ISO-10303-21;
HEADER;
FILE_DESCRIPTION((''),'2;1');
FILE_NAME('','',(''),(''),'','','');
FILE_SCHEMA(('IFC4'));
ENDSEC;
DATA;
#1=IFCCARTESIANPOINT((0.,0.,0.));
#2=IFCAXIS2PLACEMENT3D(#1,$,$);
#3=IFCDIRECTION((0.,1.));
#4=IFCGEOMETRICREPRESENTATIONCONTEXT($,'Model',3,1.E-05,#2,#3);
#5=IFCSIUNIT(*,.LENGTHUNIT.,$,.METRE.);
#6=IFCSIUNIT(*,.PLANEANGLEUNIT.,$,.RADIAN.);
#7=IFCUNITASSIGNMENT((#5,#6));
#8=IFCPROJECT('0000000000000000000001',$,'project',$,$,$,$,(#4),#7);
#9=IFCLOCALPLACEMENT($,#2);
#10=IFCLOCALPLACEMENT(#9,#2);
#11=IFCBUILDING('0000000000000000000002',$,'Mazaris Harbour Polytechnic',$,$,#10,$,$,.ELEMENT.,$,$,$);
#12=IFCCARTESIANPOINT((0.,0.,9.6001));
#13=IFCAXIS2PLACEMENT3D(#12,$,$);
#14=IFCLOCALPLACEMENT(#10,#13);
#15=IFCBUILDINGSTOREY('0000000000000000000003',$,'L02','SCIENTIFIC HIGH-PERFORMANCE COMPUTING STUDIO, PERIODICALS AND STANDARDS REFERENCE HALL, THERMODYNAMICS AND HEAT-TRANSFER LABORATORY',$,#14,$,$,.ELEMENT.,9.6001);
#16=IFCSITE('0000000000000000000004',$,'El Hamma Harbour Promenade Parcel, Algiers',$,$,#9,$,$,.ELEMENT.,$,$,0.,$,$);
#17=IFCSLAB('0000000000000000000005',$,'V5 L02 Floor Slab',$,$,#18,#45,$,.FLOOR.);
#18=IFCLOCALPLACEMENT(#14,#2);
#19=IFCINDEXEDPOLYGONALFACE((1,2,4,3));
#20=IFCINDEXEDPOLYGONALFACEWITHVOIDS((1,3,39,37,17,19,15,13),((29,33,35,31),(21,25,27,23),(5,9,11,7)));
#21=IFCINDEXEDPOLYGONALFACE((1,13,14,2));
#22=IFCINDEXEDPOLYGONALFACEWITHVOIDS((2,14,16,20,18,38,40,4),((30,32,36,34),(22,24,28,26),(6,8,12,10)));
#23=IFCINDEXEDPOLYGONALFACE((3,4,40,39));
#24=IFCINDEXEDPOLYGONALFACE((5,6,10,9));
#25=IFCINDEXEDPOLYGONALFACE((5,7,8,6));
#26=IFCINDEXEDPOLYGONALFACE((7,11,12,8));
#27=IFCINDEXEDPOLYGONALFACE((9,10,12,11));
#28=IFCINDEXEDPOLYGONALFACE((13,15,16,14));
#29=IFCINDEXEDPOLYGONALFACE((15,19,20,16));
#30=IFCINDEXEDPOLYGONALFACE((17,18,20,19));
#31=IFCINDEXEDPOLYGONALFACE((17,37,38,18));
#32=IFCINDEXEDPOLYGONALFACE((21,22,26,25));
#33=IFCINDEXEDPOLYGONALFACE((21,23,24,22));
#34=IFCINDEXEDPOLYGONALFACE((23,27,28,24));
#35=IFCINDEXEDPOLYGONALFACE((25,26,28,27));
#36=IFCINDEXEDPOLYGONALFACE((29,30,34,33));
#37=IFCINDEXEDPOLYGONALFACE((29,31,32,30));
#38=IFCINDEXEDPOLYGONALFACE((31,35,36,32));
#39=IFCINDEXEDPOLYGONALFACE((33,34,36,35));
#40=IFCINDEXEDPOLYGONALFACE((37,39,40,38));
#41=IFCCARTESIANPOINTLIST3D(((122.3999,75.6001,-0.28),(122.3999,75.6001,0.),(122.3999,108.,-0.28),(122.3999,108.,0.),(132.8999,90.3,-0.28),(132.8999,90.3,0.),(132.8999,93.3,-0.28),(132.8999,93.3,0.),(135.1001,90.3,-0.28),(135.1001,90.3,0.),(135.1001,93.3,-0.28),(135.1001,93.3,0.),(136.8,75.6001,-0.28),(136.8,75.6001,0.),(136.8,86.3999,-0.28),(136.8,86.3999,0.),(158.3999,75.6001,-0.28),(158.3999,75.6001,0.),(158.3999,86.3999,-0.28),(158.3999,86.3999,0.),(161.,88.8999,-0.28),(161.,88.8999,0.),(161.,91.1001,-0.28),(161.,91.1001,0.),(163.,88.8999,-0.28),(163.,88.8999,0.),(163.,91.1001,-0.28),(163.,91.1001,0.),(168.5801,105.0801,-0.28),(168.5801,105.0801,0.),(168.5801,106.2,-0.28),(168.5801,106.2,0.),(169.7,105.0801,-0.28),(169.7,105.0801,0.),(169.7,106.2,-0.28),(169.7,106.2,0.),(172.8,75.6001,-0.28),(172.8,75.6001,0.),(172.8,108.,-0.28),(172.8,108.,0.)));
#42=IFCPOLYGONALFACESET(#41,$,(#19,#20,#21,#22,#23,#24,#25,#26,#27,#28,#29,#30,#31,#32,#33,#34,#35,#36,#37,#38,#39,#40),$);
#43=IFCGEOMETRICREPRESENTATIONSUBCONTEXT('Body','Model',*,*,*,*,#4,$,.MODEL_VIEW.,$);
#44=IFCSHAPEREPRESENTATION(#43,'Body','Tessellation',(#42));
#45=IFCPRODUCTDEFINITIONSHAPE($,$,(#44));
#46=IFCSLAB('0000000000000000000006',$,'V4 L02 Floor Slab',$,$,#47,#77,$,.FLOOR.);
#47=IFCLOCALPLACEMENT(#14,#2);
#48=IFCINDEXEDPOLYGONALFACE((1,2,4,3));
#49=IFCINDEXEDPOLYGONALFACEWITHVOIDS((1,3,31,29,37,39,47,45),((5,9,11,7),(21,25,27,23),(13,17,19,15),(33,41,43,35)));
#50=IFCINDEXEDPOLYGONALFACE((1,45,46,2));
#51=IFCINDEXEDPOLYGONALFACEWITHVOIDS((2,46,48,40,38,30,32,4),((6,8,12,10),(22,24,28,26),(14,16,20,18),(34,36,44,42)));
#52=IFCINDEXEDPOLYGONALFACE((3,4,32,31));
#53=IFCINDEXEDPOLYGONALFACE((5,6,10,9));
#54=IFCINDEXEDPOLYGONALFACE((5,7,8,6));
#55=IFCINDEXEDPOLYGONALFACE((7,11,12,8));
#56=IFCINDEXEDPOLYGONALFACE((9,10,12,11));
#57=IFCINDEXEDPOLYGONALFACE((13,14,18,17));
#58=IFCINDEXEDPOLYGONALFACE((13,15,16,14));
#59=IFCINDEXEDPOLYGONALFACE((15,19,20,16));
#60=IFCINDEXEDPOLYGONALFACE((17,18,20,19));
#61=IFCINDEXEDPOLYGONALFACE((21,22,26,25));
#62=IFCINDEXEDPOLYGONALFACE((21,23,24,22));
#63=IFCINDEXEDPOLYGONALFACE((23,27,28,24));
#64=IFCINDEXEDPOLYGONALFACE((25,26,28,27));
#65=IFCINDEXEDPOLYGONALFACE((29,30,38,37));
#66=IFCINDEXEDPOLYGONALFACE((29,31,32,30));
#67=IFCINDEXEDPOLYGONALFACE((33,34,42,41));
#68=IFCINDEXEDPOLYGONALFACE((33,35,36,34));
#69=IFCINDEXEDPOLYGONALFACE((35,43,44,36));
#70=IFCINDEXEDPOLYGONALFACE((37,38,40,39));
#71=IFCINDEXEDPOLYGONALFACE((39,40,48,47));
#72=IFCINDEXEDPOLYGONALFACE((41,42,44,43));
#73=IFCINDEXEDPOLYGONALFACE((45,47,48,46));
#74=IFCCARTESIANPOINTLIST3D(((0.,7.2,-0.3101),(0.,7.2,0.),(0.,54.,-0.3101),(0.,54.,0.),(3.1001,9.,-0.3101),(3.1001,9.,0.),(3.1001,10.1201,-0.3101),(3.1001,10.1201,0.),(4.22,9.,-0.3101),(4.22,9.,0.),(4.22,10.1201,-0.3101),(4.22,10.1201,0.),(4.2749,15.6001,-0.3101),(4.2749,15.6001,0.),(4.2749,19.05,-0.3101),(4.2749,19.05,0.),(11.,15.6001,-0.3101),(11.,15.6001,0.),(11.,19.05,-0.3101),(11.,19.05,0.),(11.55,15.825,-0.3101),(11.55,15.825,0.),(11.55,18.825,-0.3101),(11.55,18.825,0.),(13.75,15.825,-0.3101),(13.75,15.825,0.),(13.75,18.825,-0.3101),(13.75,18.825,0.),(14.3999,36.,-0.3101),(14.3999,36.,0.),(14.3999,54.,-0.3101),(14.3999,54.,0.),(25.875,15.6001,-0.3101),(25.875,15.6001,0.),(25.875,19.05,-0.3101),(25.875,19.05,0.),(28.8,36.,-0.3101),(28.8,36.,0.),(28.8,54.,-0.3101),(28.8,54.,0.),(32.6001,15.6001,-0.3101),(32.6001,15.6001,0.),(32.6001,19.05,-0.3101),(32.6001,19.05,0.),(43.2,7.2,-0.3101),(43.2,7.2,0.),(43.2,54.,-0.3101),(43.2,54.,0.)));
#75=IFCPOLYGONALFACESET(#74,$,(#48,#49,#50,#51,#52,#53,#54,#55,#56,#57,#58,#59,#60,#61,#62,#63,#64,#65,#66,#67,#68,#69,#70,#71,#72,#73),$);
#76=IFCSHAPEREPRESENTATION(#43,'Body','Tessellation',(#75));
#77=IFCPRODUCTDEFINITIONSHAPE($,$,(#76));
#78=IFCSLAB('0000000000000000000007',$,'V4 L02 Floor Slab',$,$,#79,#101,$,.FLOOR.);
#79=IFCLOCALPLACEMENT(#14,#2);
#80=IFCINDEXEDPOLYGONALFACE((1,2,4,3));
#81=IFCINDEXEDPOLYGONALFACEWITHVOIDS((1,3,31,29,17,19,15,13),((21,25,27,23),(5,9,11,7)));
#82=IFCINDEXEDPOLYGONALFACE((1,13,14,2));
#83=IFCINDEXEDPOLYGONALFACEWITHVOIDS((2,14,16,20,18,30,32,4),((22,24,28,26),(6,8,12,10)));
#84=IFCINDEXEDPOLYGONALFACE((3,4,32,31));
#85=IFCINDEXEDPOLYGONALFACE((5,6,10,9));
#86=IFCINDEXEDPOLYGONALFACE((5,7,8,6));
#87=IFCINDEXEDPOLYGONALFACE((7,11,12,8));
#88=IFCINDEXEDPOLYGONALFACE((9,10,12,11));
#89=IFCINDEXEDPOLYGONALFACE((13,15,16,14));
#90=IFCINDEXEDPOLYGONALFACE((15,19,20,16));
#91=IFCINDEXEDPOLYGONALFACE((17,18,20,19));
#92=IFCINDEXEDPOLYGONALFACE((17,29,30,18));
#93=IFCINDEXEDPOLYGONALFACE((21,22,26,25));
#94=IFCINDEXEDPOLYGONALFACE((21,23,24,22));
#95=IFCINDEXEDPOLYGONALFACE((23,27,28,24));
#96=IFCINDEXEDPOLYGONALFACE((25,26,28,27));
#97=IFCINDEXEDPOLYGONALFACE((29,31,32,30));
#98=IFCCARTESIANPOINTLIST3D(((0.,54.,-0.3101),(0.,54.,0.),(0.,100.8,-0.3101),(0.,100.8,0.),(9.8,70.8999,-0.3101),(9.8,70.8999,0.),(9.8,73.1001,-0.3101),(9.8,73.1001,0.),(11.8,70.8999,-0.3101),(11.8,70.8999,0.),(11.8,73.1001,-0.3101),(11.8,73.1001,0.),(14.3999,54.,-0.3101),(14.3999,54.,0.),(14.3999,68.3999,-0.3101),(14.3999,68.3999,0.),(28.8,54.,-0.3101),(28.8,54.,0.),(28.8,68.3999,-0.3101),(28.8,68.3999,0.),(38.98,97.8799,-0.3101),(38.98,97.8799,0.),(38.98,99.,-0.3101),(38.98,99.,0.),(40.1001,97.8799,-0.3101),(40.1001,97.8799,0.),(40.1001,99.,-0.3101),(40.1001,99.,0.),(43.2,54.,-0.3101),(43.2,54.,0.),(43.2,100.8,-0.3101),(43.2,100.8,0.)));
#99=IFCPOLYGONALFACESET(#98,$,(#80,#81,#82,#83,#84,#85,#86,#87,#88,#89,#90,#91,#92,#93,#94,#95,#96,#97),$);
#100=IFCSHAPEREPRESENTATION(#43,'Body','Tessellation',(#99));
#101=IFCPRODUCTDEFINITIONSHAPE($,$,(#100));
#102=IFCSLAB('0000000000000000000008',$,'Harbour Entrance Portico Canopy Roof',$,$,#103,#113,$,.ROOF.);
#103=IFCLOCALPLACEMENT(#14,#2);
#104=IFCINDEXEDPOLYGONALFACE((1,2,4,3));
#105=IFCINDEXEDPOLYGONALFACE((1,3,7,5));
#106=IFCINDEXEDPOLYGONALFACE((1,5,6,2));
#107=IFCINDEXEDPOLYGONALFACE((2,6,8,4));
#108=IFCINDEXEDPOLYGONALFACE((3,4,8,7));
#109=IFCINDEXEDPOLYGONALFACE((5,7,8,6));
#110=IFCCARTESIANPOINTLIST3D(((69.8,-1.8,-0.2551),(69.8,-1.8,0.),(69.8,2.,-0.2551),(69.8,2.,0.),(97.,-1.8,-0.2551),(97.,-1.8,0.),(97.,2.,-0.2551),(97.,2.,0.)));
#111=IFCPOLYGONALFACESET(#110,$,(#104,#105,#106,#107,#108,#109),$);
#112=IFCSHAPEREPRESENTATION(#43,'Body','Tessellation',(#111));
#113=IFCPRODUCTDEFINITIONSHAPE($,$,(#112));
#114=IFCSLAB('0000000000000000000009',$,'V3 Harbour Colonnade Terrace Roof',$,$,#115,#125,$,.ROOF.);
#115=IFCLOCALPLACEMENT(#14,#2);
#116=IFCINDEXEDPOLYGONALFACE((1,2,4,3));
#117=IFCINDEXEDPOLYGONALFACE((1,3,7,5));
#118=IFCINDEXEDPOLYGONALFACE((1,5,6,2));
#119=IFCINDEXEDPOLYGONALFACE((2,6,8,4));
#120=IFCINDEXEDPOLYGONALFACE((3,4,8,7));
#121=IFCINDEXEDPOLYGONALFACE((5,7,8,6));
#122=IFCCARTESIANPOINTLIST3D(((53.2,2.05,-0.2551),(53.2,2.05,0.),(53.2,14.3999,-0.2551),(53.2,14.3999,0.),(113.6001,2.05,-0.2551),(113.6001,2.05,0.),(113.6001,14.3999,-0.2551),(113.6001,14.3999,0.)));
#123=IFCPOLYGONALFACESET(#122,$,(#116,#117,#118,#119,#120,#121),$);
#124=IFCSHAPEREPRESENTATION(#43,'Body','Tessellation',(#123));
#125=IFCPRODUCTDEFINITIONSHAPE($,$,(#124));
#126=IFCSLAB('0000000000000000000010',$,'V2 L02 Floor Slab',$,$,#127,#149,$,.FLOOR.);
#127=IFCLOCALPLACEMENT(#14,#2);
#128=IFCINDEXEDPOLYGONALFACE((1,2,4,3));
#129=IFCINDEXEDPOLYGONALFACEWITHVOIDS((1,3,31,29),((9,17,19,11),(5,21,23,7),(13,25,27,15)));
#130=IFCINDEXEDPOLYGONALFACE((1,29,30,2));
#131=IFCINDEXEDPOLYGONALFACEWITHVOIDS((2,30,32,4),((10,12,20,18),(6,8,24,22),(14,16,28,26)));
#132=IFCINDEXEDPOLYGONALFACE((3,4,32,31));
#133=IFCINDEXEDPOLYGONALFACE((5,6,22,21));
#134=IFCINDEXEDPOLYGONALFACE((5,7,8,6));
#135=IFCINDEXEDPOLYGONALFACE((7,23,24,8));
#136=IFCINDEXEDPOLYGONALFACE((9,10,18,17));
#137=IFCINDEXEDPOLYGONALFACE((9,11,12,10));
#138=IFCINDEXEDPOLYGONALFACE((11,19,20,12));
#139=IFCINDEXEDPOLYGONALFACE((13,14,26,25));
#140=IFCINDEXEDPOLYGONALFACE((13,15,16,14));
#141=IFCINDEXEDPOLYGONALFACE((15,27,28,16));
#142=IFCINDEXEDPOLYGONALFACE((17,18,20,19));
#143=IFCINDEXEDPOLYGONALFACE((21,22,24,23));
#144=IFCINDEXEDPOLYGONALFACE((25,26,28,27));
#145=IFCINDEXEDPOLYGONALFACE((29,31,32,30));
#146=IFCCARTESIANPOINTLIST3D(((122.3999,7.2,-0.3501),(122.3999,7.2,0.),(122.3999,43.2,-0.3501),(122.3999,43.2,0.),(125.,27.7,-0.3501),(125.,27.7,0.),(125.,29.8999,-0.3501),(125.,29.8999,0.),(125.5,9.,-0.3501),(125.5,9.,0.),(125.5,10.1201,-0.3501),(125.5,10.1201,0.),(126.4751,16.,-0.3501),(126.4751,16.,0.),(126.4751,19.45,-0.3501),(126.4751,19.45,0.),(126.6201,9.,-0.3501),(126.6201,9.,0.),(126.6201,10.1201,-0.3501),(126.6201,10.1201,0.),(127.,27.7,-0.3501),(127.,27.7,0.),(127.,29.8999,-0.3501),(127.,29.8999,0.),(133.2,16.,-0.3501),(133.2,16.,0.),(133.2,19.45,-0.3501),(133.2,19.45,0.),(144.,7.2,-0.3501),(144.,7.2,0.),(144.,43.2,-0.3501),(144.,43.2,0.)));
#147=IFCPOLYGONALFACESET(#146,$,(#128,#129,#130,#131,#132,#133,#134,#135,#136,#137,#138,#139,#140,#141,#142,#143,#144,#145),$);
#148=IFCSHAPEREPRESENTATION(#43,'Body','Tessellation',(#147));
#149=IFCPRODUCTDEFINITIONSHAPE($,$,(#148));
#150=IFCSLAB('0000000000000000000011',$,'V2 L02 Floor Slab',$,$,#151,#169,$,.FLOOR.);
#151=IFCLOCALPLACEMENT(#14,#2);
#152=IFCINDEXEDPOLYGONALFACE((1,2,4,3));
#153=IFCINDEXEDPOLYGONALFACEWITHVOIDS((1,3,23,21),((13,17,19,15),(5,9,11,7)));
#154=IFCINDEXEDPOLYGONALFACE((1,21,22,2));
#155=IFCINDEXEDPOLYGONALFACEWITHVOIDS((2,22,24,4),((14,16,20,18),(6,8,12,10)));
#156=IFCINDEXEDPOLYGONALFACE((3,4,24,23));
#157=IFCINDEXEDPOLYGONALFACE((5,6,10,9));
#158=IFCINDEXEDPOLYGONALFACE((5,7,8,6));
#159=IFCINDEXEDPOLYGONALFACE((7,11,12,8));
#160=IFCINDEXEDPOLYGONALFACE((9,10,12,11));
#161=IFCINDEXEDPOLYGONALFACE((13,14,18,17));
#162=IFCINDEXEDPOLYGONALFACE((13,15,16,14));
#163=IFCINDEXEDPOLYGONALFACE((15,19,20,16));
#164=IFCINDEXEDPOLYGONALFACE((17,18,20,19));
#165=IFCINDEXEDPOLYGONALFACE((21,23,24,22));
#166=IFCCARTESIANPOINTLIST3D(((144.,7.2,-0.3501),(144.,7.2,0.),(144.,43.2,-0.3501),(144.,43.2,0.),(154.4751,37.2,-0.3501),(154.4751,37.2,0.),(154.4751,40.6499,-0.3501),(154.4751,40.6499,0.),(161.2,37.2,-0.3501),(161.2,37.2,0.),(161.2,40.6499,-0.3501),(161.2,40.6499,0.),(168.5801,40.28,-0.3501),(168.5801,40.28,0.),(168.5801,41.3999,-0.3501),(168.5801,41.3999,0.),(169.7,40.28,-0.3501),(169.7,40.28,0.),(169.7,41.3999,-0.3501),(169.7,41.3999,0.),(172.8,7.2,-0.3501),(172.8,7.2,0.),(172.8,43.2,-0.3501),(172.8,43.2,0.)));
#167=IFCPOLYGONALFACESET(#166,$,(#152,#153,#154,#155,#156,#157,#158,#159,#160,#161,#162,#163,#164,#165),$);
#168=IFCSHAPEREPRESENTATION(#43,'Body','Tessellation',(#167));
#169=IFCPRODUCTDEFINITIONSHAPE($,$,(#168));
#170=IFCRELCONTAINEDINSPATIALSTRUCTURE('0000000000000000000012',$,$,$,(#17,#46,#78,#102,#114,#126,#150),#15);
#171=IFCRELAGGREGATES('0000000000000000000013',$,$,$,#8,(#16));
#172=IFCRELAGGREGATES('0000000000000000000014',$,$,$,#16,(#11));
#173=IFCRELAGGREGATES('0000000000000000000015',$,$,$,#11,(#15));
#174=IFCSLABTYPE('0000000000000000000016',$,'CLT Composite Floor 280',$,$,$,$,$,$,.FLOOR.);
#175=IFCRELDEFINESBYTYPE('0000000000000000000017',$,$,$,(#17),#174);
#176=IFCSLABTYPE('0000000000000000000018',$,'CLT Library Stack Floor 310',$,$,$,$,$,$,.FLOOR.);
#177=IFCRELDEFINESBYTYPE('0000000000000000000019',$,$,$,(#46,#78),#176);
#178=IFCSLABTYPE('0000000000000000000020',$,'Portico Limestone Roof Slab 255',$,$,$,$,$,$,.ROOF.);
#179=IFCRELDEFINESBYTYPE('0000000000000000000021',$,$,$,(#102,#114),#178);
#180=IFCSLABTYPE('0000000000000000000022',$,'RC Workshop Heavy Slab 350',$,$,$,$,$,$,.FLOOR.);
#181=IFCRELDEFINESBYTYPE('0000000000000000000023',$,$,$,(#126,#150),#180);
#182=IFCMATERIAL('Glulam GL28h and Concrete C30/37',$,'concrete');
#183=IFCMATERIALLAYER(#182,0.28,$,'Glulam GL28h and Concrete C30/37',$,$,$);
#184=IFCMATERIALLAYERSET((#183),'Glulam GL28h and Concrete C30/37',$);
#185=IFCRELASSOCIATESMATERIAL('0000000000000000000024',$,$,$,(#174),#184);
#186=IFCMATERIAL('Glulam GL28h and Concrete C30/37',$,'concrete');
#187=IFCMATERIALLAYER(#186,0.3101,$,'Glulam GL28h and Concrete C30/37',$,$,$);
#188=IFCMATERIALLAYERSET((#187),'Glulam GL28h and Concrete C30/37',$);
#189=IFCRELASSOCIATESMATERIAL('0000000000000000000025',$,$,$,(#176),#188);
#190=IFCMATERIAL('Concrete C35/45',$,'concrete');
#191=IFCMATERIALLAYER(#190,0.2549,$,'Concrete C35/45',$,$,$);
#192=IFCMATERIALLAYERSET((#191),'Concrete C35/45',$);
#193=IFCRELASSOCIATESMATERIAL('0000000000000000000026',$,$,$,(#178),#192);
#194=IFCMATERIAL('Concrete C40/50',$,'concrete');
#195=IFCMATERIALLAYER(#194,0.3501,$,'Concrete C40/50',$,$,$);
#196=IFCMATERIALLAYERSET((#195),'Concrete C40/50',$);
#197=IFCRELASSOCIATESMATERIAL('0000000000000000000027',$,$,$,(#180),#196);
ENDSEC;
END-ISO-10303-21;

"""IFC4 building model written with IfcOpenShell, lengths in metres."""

from ifc_helpers import new_model, si_unit, direction, frame, origin, place, context, subcontext, project, spatial, polyline, outline, extrude, material, layer, layer_set, type_object, element, save


model = new_model("IFC4")

# Units and contexts
model_context = context("Model", 3, precision=1e-05, world=origin(), true_north=direction((0.0, 1.0)))
body_context = subcontext(model_context, "Body", "Model", "MODEL_VIEW")
ifc_project = project(units=[si_unit("LENGTHUNIT", "METRE"), si_unit("PLANEANGLEUNIT", "RADIAN")], contexts=[model_context])

# Site, building, storey
site_placement = place(None, origin())
site = spatial("IfcSite", under=ifc_project, at=site_placement, Name="El Hamma Harbour Promenade Parcel, Algiers", CompositionType="ELEMENT", RefElevation=0.0)
building_placement = place(site_placement, origin())
building = spatial("IfcBuilding", under=site, at=building_placement, Name="Mazaris Harbour Polytechnic", CompositionType="ELEMENT")
storey_placement = place(building_placement, frame((0.0, 0.0, 9.6001)))
storey = spatial("IfcBuildingStorey", under=building, at=storey_placement, Name="L02", Description="SCIENTIFIC HIGH-PERFORMANCE COMPUTING STUDIO, PERIODICALS AND STANDARDS REFERENCE HALL, THERMODYNAMICS AND HEAT-TRANSFER LABORATORY", CompositionType="ELEMENT", Elevation=9.6001)

# Slabs
ifc_material_1 = material(Name="Glulam GL28h and Concrete C30/37", Category="concrete")
ifc_layer_1 = layer(ifc_material_1, 0.28, Name="Glulam GL28h and Concrete C30/37")
ifc_layer_set_1 = layer_set([ifc_layer_1], Name="Glulam GL28h and Concrete C30/37")
slab_type_1 = type_object("IfcSlabType", Name="CLT Composite Floor 280", PredefinedType="FLOOR", material=ifc_layer_set_1)
slab_1_placement = place(storey_placement, frame((0.0, 0.0, -0.28)))
element("IfcSlab", 1, at=slab_1_placement, inside=storey, type_object=slab_type_1, Name="V5 L02 Floor Slab", PredefinedType="FLOOR", context=body_context, shape_type="SweptSolid", body=[
    extrude(outline(polyline([(172.8, 75.6001), (158.3999, 75.6001), (158.3999, 86.3999), (136.8, 86.3999), (136.8, 75.6001), (122.3999, 75.6001), (122.3999, 108.0), (172.8, 108.0), (172.8, 75.6001)]), holes=[polyline([(135.1001, 93.3), (132.8999, 93.3), (132.8999, 90.3), (135.1001, 90.3), (135.1001, 93.3)]), polyline([(163.0, 88.8999), (163.0, 91.1001), (161.0, 91.1001), (161.0, 88.8999), (163.0, 88.8999)]), polyline([(168.5801, 106.2), (168.5801, 105.0801), (169.7, 105.0801), (169.7, 106.2), (168.5801, 106.2)])]), origin(), (0.0, 0.0, 1.0), 0.28),
])
ifc_material_2 = material(Name="Glulam GL28h and Concrete C30/37", Category="concrete")
ifc_layer_2 = layer(ifc_material_2, 0.3101, Name="Glulam GL28h and Concrete C30/37")
ifc_layer_set_2 = layer_set([ifc_layer_2], Name="Glulam GL28h and Concrete C30/37")
slab_type_2 = type_object("IfcSlabType", Name="CLT Library Stack Floor 310", PredefinedType="FLOOR", material=ifc_layer_set_2)
slab_2_placement = place(storey_placement, frame((0.0, 0.0, -0.3101)))
element("IfcSlab", 2, at=slab_2_placement, inside=storey, type_object=slab_type_2, Name="V4 L02 Floor Slab", PredefinedType="FLOOR", context=body_context, shape_type="SweptSolid", body=[
    extrude(outline(polyline([(43.2, 7.2), (0.0, 7.2), (0.0, 54.0), (14.3999, 54.0), (14.3999, 36.0), (28.8, 36.0), (28.8, 54.0), (43.2, 54.0), (43.2, 7.2)]), holes=[polyline([(4.2749, 15.6001), (11.0, 15.6001), (11.0, 19.05), (4.2749, 19.05), (4.2749, 15.6001)]), polyline([(25.875, 19.05), (25.875, 15.6001), (32.6001, 15.6001), (32.6001, 19.05), (25.875, 19.05)]), polyline([(13.75, 18.825), (11.55, 18.825), (11.55, 15.825), (13.75, 15.825), (13.75, 18.825)]), polyline([(3.1001, 9.0), (4.22, 9.0), (4.22, 10.1201), (3.1001, 10.1201), (3.1001, 9.0)])]), origin(), (0.0, 0.0, 1.0), 0.3101),
])
slab_3_placement = place(storey_placement, frame((0.0, 0.0, -0.3101)))
element("IfcSlab", 3, at=slab_3_placement, inside=storey, type_object=slab_type_2, Name="V4 L02 Floor Slab", PredefinedType="FLOOR", context=body_context, shape_type="SweptSolid", body=[
    extrude(outline(polyline([(43.2, 54.0), (28.8, 54.0), (28.8, 68.3999), (14.3999, 68.3999), (14.3999, 54.0), (0.0, 54.0), (0.0, 100.8), (43.2, 100.8), (43.2, 54.0)]), holes=[polyline([(11.8, 70.8999), (11.8, 73.1001), (9.8, 73.1001), (9.8, 70.8999), (11.8, 70.8999)]), polyline([(38.98, 99.0), (38.98, 97.8799), (40.1001, 97.8799), (40.1001, 99.0), (38.98, 99.0)])]), origin(), (0.0, 0.0, 1.0), 0.3101),
])
ifc_material_3 = material(Name="Concrete C35/45", Category="concrete")
ifc_layer_3 = layer(ifc_material_3, 0.2549, Name="Concrete C35/45")
ifc_layer_set_3 = layer_set([ifc_layer_3], Name="Concrete C35/45")
slab_type_3 = type_object("IfcSlabType", Name="Portico Limestone Roof Slab 255", PredefinedType="ROOF", material=ifc_layer_set_3)
slab_4_placement = place(storey_placement, frame((0.0, 0.0, -0.2551)))
element("IfcSlab", 4, at=slab_4_placement, inside=storey, type_object=slab_type_3, Name="Harbour Entrance Portico Canopy Roof", PredefinedType="ROOF", context=body_context, shape_type="SweptSolid", body=[
    extrude(outline(polyline([(97.0, -1.8), (97.0, 2.0), (69.8, 2.0), (69.8, -1.8), (97.0, -1.8)])), origin(), (0.0, 0.0, 1.0), 0.2551),
])
slab_5_placement = place(storey_placement, frame((0.0, 0.0, -0.2551)))
element("IfcSlab", 5, at=slab_5_placement, inside=storey, type_object=slab_type_3, Name="V3 Harbour Colonnade Terrace Roof", PredefinedType="ROOF", context=body_context, shape_type="SweptSolid", body=[
    extrude(outline(polyline([(113.6001, 2.05), (113.6001, 14.3999), (53.2, 14.3999), (53.2, 2.05), (113.6001, 2.05)])), origin(), (0.0, 0.0, 1.0), 0.2551),
])
ifc_material_4 = material(Name="Concrete C40/50", Category="concrete")
ifc_layer_4 = layer(ifc_material_4, 0.3501, Name="Concrete C40/50")
ifc_layer_set_4 = layer_set([ifc_layer_4], Name="Concrete C40/50")
slab_type_4 = type_object("IfcSlabType", Name="RC Workshop Heavy Slab 350", PredefinedType="FLOOR", material=ifc_layer_set_4)
slab_6_placement = place(storey_placement, frame((0.0, 0.0, -0.3501)))
element("IfcSlab", 6, at=slab_6_placement, inside=storey, type_object=slab_type_4, Name="V2 L02 Floor Slab", PredefinedType="FLOOR", context=body_context, shape_type="SweptSolid", body=[
    extrude(outline(polyline([(122.3999, 43.2), (144.0, 43.2), (144.0, 7.2), (122.3999, 7.2), (122.3999, 43.2)]), holes=[polyline([(126.4751, 19.45), (126.4751, 16.0), (133.2, 16.0), (133.2, 19.45), (126.4751, 19.45)]), polyline([(127.0, 27.7), (127.0, 29.8999), (125.0, 29.8999), (125.0, 27.7), (127.0, 27.7)]), polyline([(125.5, 9.0), (126.6201, 9.0), (126.6201, 10.1201), (125.5, 10.1201), (125.5, 9.0)])]), origin(), (0.0, 0.0, 1.0), 0.3501),
])
slab_7_placement = place(storey_placement, frame((0.0, 0.0, -0.3501)))
element("IfcSlab", 7, at=slab_7_placement, inside=storey, type_object=slab_type_4, Name="V2 L02 Floor Slab", PredefinedType="FLOOR", context=body_context, shape_type="SweptSolid", body=[
    extrude(outline(polyline([(172.8, 43.2), (172.8, 7.2), (144.0, 7.2), (144.0, 43.2), (172.8, 43.2)]), holes=[polyline([(161.2, 40.6499), (154.4751, 40.6499), (154.4751, 37.2), (161.2, 37.2), (161.2, 40.6499)]), polyline([(168.5801, 41.3999), (168.5801, 40.28), (169.7, 40.28), (169.7, 41.3999), (168.5801, 41.3999)])]), origin(), (0.0, 0.0, 1.0), 0.3501),
])

save(model, "model.ifc")
